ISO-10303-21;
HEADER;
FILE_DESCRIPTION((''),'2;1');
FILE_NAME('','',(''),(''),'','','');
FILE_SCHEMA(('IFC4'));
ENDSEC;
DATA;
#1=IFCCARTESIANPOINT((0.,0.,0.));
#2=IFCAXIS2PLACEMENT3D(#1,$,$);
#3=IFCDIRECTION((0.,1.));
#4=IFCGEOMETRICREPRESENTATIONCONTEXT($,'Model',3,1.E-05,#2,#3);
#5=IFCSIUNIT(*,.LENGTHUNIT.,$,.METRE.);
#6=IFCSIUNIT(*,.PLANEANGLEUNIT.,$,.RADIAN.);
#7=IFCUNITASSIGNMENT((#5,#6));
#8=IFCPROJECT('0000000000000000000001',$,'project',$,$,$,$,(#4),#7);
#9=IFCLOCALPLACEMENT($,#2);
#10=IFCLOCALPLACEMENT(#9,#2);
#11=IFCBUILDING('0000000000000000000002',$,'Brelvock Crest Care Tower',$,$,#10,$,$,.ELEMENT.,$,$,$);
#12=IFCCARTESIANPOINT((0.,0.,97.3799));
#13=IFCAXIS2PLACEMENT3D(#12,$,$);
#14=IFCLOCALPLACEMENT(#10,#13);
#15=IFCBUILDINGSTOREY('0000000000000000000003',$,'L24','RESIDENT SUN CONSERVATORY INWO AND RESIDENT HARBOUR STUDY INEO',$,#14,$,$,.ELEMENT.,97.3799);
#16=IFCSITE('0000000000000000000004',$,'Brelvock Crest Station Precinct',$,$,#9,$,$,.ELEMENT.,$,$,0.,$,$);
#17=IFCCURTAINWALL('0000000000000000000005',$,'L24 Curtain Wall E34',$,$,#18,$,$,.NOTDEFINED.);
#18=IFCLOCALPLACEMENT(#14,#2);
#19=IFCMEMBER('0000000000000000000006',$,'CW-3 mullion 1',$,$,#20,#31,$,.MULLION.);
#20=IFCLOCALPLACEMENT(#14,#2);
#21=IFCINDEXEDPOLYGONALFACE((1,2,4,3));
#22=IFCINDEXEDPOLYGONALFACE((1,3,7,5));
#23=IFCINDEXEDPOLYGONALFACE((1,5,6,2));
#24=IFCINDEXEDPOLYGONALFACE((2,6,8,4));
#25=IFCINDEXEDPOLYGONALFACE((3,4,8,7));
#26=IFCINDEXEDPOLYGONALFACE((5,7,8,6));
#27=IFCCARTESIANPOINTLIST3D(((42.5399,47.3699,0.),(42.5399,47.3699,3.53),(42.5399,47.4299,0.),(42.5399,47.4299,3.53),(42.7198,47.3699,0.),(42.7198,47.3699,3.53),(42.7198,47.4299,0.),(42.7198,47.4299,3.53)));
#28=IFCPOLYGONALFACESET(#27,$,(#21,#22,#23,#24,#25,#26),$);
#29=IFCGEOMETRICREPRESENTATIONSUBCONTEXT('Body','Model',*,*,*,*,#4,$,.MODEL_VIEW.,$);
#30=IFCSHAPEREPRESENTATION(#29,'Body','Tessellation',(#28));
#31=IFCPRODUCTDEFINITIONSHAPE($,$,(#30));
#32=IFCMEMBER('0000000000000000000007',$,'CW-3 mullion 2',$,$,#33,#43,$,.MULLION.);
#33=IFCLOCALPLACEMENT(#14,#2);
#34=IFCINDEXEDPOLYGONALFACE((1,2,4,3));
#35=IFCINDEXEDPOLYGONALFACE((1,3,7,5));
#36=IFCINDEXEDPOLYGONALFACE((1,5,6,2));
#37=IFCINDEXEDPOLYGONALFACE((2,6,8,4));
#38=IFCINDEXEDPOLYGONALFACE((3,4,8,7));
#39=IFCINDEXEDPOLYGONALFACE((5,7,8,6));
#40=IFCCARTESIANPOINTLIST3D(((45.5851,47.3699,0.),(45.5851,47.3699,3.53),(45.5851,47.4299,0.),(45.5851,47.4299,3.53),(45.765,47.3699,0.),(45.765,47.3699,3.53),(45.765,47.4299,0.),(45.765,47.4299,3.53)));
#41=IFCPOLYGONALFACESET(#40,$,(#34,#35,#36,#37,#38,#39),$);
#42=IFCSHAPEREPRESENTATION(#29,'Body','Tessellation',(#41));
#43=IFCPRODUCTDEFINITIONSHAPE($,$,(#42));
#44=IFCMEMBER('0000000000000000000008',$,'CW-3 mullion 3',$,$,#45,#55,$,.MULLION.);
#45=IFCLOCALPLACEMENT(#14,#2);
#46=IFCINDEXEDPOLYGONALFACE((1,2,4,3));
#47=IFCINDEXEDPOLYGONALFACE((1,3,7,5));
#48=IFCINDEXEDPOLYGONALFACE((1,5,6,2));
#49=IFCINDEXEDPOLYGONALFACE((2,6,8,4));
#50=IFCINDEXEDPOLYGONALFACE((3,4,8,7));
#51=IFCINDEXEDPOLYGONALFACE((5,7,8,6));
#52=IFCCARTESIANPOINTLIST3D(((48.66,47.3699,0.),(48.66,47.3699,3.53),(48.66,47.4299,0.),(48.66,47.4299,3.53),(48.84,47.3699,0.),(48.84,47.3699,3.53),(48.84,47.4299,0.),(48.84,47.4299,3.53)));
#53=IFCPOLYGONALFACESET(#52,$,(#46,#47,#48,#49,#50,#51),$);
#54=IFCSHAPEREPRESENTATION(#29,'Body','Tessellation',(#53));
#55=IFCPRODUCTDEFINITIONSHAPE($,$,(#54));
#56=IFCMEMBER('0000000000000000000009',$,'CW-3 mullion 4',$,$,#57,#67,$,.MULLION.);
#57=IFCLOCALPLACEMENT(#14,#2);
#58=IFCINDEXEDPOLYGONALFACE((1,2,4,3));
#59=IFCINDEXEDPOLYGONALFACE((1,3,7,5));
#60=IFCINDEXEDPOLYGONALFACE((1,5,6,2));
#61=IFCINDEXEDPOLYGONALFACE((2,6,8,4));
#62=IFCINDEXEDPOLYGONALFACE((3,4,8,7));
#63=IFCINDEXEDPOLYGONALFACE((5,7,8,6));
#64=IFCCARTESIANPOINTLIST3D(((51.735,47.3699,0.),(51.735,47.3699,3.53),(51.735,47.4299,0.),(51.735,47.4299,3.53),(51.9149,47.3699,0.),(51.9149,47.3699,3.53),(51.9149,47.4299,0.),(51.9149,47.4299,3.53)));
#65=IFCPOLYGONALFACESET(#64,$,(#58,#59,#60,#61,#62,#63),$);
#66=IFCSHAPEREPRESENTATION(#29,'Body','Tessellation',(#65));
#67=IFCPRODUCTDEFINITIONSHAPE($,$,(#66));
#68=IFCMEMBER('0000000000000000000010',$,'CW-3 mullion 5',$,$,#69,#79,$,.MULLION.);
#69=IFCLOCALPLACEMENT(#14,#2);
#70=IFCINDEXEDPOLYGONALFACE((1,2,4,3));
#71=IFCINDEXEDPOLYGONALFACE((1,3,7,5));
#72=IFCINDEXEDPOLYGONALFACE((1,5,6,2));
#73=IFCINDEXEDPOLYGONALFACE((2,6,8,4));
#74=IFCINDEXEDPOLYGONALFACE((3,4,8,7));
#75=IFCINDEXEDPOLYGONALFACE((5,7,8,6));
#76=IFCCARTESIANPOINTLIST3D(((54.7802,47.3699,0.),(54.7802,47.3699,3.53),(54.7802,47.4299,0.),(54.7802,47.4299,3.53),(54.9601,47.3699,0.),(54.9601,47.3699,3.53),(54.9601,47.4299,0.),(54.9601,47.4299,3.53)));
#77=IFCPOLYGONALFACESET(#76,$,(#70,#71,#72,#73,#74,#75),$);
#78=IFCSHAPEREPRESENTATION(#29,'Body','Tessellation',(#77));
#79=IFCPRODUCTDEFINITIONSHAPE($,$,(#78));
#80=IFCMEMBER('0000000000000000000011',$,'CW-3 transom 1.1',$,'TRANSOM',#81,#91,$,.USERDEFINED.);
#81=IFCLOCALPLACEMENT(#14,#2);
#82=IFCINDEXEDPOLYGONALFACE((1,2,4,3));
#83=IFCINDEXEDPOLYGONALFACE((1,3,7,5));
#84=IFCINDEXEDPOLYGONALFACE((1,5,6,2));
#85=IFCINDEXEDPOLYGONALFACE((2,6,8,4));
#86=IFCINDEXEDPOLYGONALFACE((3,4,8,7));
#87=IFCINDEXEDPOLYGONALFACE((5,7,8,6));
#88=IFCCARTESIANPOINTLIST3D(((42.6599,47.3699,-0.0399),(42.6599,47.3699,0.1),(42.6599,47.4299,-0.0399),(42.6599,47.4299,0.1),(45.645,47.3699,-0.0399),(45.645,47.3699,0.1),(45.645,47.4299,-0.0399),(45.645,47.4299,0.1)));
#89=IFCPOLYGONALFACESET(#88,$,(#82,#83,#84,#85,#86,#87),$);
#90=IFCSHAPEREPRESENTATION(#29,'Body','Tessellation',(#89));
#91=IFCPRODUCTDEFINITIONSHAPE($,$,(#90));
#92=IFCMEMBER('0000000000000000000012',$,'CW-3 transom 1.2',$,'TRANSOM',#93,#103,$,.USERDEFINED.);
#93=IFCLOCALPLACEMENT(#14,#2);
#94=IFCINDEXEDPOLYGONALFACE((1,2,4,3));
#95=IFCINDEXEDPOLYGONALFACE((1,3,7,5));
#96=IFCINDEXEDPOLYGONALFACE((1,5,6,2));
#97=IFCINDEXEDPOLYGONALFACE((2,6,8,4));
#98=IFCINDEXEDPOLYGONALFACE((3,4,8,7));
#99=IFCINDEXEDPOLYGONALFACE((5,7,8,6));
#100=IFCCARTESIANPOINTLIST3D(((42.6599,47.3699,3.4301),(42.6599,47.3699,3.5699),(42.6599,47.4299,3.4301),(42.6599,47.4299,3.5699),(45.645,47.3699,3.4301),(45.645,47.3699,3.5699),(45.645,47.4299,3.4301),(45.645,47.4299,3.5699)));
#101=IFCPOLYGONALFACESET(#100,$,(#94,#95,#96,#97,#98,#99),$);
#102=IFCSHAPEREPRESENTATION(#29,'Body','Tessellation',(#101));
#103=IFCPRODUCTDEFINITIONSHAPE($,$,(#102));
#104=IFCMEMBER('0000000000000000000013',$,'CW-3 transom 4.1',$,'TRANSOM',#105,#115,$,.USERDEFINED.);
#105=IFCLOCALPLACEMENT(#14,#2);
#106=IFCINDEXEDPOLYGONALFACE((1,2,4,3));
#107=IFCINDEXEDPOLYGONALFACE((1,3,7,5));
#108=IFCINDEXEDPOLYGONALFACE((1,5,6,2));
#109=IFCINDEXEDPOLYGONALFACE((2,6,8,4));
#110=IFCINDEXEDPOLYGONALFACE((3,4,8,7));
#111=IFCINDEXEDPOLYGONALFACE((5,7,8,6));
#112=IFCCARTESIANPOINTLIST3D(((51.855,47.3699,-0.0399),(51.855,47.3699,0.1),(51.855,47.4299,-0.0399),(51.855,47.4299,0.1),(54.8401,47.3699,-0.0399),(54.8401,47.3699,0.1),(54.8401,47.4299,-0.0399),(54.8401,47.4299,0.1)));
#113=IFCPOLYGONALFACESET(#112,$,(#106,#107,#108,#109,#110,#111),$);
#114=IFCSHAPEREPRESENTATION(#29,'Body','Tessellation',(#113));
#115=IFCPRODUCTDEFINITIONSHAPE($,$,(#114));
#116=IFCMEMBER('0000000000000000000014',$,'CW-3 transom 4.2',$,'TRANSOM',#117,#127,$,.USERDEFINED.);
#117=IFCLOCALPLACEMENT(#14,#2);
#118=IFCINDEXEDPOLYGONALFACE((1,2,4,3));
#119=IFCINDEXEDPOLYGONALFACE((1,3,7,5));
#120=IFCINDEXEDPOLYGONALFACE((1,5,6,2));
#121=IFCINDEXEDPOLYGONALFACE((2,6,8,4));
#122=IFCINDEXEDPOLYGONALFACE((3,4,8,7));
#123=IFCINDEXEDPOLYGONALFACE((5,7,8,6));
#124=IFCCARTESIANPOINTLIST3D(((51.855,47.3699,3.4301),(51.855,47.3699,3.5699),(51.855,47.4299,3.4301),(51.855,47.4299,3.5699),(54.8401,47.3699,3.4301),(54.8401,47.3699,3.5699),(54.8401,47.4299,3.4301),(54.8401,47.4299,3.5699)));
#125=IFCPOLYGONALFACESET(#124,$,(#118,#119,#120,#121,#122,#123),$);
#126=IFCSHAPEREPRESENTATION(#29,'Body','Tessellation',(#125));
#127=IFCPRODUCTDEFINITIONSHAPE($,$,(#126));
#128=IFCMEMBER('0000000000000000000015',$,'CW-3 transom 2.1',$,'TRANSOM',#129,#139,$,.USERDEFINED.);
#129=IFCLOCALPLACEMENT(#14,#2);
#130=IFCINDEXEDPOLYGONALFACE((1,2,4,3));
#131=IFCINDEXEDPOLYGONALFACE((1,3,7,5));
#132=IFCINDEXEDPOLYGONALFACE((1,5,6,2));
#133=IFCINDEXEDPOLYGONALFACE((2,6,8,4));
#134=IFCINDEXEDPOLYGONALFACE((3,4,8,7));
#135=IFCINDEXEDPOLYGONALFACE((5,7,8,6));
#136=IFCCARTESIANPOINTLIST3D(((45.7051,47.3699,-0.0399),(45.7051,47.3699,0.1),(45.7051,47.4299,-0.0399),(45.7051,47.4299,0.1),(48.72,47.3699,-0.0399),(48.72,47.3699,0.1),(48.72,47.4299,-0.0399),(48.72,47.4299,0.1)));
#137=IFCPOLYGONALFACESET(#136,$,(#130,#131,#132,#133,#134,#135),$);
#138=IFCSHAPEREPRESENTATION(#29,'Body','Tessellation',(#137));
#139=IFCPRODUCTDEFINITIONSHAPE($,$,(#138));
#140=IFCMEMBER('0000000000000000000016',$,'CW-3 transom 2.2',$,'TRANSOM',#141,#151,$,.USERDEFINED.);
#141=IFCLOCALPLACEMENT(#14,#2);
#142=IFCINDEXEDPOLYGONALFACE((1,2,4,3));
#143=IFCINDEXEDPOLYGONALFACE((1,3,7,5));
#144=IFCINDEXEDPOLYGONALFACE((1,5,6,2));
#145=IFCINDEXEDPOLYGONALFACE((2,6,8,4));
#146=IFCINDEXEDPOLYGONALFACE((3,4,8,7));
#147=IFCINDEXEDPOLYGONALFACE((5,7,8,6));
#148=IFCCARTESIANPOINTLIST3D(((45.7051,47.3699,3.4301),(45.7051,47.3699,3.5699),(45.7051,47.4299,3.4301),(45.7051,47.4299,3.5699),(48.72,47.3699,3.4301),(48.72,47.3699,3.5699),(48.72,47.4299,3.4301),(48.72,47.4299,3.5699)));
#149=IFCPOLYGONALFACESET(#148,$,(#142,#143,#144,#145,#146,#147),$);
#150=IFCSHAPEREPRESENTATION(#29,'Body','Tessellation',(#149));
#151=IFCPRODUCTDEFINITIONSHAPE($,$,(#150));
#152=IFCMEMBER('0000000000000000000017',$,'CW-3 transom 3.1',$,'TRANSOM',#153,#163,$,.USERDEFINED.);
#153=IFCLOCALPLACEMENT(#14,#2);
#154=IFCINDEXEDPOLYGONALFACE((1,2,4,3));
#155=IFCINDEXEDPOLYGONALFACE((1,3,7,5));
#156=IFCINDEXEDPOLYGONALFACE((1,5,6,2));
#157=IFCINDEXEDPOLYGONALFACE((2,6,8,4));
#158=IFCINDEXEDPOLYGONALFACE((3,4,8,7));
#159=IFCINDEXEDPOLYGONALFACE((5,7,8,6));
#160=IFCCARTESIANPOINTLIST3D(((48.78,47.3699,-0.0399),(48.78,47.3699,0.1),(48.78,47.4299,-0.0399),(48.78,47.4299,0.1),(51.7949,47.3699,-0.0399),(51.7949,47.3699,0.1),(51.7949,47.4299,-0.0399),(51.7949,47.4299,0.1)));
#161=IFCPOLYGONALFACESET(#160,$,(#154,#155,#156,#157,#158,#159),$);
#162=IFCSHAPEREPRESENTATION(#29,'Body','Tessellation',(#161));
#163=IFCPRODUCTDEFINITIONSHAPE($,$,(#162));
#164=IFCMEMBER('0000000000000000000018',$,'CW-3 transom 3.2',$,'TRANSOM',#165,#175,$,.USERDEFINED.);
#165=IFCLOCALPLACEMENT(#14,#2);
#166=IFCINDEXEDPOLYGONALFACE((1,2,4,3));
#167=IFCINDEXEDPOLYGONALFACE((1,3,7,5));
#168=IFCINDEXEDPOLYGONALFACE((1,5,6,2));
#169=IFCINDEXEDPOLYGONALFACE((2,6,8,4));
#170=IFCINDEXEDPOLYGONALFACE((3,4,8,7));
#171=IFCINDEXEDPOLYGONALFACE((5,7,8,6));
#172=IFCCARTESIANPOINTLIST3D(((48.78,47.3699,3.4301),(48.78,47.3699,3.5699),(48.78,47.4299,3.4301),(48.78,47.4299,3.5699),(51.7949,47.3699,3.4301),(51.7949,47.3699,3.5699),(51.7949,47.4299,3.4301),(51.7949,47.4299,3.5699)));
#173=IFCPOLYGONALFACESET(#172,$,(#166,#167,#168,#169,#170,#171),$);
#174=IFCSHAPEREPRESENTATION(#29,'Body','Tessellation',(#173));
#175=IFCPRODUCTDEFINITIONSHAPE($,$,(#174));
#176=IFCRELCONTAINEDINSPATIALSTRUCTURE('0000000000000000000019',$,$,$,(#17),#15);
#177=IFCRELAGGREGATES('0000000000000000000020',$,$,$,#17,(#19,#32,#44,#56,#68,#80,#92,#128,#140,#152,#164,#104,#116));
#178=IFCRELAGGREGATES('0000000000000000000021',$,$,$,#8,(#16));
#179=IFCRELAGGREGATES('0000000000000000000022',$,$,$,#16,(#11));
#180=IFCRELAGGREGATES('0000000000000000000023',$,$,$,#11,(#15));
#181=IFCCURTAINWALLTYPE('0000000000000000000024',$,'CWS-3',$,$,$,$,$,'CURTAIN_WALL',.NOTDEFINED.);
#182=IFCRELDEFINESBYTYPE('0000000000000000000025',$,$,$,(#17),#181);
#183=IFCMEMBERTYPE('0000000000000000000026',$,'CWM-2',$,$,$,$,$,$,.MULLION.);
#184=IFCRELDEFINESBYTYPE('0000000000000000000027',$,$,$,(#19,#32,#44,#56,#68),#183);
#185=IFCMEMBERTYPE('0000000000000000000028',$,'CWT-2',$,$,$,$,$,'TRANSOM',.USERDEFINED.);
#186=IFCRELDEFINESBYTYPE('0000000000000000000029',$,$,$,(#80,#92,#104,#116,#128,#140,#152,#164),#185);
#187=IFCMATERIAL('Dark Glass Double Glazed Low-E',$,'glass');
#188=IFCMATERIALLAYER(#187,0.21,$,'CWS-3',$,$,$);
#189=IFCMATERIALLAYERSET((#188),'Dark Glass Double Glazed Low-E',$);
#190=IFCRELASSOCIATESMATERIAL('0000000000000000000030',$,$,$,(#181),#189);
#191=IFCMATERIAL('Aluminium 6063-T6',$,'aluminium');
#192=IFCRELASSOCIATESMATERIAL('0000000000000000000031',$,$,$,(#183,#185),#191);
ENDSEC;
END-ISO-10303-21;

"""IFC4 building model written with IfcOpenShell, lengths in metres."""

from ifc_helpers import new_model, si_unit, direction, frame, origin, origin_2d, place, context, subcontext, project, spatial, rectangle, extrude, source, transform, mapped, material, layer, layer_set, material_profile, profile_set, type_object, element, aggregate, save


model = new_model("IFC4")

# Units and contexts
model_context = context("Model", 3, precision=1e-05, world=origin(), true_north=direction((0.0, 1.0)))
body_context = subcontext(model_context, "Body", "Model", "MODEL_VIEW")
ifc_project = project(units=[si_unit("LENGTHUNIT", "METRE"), si_unit("PLANEANGLEUNIT", "RADIAN")], contexts=[model_context])

# Site, building, storey
site_placement = place(None, origin())
site = spatial("IfcSite", under=ifc_project, at=site_placement, Name="Brelvock Crest Station Precinct", CompositionType="ELEMENT", RefElevation=0.0)
building_placement = place(site_placement, origin())
building = spatial("IfcBuilding", under=site, at=building_placement, Name="Brelvock Crest Care Tower", CompositionType="ELEMENT")
storey_placement = place(building_placement, frame((0.0, 0.0, 97.3799)))
storey = spatial("IfcBuildingStorey", under=building, at=storey_placement, Name="L24", Description="RESIDENT SUN CONSERVATORY INWO AND RESIDENT HARBOUR STUDY INEO", CompositionType="ELEMENT", Elevation=97.3799)

# Curtain wall, members
ifc_material_1 = material(Name="Dark Glass Double Glazed Low-E", Category="glass")
ifc_layer_1 = layer(ifc_material_1, 0.21, Name="CWS-3")
ifc_layer_set_1 = layer_set([ifc_layer_1], Name="Dark Glass Double Glazed Low-E")
curtain_wall_type = type_object("IfcCurtainWallType", Name="CWS-3", ElementType="CURTAIN_WALL", PredefinedType="NOTDEFINED", material=ifc_layer_set_1)
curtain_wall_placement = place(storey_placement, origin())
curtain_wall = element("IfcCurtainWall", 1, at=curtain_wall_placement, inside=storey, type_object=curtain_wall_type, Name="L24 Curtain Wall E34", PredefinedType="NOTDEFINED")
ifc_material_2 = material(Name="Aluminium 6063-T6", Category="aluminium")
ifc_material_profile_1 = material_profile(ifc_material_2, rectangle(XDim=0.0601, YDim=0.1799, at=origin_2d()), Name="ALU60x180")
ifc_profile_set_1 = profile_set([ifc_material_profile_1], Name="Aluminium 6063-T6")
member_type_1 = type_object("IfcMemberType", Name="CWM-2", PredefinedType="MULLION", material=ifc_profile_set_1)
shared_shape_1 = source(origin(), body_context, "Body", "SweptSolid", [
    extrude(rectangle(XDim=0.0601, YDim=0.1799, at=origin_2d()), origin(), (0.0, 0.0, 1.0), 3.53),
])
member_1_placement = place(storey_placement, frame((42.6299, 47.3999, 0.0), z_axis=(0.0, 0.0, 1.0), x_axis=(0.0, 1.0, 0.0)))
member_1 = element("IfcMember", 2, at=member_1_placement, type_object=member_type_1, Name="CW-3 mullion 1", PredefinedType="MULLION", context=body_context, shape_type="MappedRepresentation", body=[
    mapped(shared_shape_1, transform((0.0, 0.0, 0.0), x_axis=(1.0, 0.0, 0.0), y_axis=(0.0, 1.0, 0.0), z_axis=(0.0, 0.0, 1.0), scale=1.0)),
])
member_2_placement = place(storey_placement, frame((45.675, 47.3999, 0.0), z_axis=(0.0, 0.0, 1.0), x_axis=(0.0, 1.0, 0.0)))
member_2 = element("IfcMember", 3, at=member_2_placement, type_object=member_type_1, Name="CW-3 mullion 2", PredefinedType="MULLION", context=body_context, shape_type="MappedRepresentation", body=[
    mapped(shared_shape_1, transform((0.0, 0.0, 0.0), x_axis=(1.0, 0.0, 0.0), y_axis=(0.0, 1.0, 0.0), z_axis=(0.0, 0.0, 1.0), scale=1.0)),
])
member_3_placement = place(storey_placement, frame((48.75, 47.3999, 0.0), z_axis=(0.0, 0.0, 1.0), x_axis=(0.0, 1.0, 0.0)))
member_3 = element("IfcMember", 4, at=member_3_placement, type_object=member_type_1, Name="CW-3 mullion 3", PredefinedType="MULLION", context=body_context, shape_type="MappedRepresentation", body=[
    mapped(shared_shape_1, transform((0.0, 0.0, 0.0), x_axis=(1.0, 0.0, 0.0), y_axis=(0.0, 1.0, 0.0), z_axis=(0.0, 0.0, 1.0), scale=1.0)),
])
member_4_placement = place(storey_placement, frame((51.825, 47.3999, 0.0), z_axis=(0.0, 0.0, 1.0), x_axis=(0.0, 1.0, 0.0)))
member_4 = element("IfcMember", 5, at=member_4_placement, type_object=member_type_1, Name="CW-3 mullion 4", PredefinedType="MULLION", context=body_context, shape_type="MappedRepresentation", body=[
    mapped(shared_shape_1, transform((0.0, 0.0, 0.0), x_axis=(1.0, 0.0, 0.0), y_axis=(0.0, 1.0, 0.0), z_axis=(0.0, 0.0, 1.0), scale=1.0)),
])
member_5_placement = place(storey_placement, frame((54.8701, 47.3999, 0.0), z_axis=(0.0, 0.0, 1.0), x_axis=(0.0, 1.0, 0.0)))
member_5 = element("IfcMember", 6, at=member_5_placement, type_object=member_type_1, Name="CW-3 mullion 5", PredefinedType="MULLION", context=body_context, shape_type="MappedRepresentation", body=[
    mapped(shared_shape_1, transform((0.0, 0.0, 0.0), x_axis=(1.0, 0.0, 0.0), y_axis=(0.0, 1.0, 0.0), z_axis=(0.0, 0.0, 1.0), scale=1.0)),
])
ifc_material_profile_2 = material_profile(ifc_material_2, rectangle(XDim=0.0601, YDim=0.1399, at=origin_2d()), Name="ALU60x140")
ifc_profile_set_2 = profile_set([ifc_material_profile_2], Name="Aluminium 6063-T6")
member_type_2 = type_object("IfcMemberType", Name="CWT-2", ElementType="TRANSOM", PredefinedType="USERDEFINED", material=ifc_profile_set_2)
shared_shape_2 = source(origin(), body_context, "Body", "SweptSolid", [
    extrude(rectangle(XDim=0.0601, YDim=0.1399, at=origin_2d()), origin(), (0.0, 0.0, 1.0), 2.9851),
])
member_6_placement = place(storey_placement, frame((42.6599, 47.3999, 0.03), z_axis=(1.0, 0.0, 0.0), x_axis=(0.0, 1.0, 0.0)))
member_6 = element("IfcMember", 7, at=member_6_placement, type_object=member_type_2, Name="CW-3 transom 1.1", ObjectType="TRANSOM", PredefinedType="USERDEFINED", context=body_context, shape_type="MappedRepresentation", body=[
    mapped(shared_shape_2, transform((0.0, 0.0, 0.0), x_axis=(1.0, 0.0, 0.0), y_axis=(0.0, 1.0, 0.0), z_axis=(0.0, 0.0, 1.0), scale=1.0)),
])
member_7_placement = place(storey_placement, frame((42.6599, 47.3999, 3.5), z_axis=(1.0, 0.0, 0.0), x_axis=(0.0, 1.0, 0.0)))
member_7 = element("IfcMember", 8, at=member_7_placement, type_object=member_type_2, Name="CW-3 transom 1.2", ObjectType="TRANSOM", PredefinedType="USERDEFINED", context=body_context, shape_type="MappedRepresentation", body=[
    mapped(shared_shape_2, transform((0.0, 0.0, 0.0), x_axis=(1.0, 0.0, 0.0), y_axis=(0.0, 1.0, 0.0), z_axis=(0.0, 0.0, 1.0), scale=1.0)),
])
member_8_placement = place(storey_placement, frame((51.855, 47.3999, 0.03), z_axis=(1.0, 0.0, 0.0), x_axis=(0.0, 1.0, 0.0)))
member_8 = element("IfcMember", 9, at=member_8_placement, type_object=member_type_2, Name="CW-3 transom 4.1", ObjectType="TRANSOM", PredefinedType="USERDEFINED", context=body_context, shape_type="MappedRepresentation", body=[
    mapped(shared_shape_2, transform((0.0, 0.0, 0.0), x_axis=(1.0, 0.0, 0.0), y_axis=(0.0, 1.0, 0.0), z_axis=(0.0, 0.0, 1.0), scale=1.0)),
])
member_9_placement = place(storey_placement, frame((51.855, 47.3999, 3.5), z_axis=(1.0, 0.0, 0.0), x_axis=(0.0, 1.0, 0.0)))
member_9 = element("IfcMember", 10, at=member_9_placement, type_object=member_type_2, Name="CW-3 transom 4.2", ObjectType="TRANSOM", PredefinedType="USERDEFINED", context=body_context, shape_type="MappedRepresentation", body=[
    mapped(shared_shape_2, transform((0.0, 0.0, 0.0), x_axis=(1.0, 0.0, 0.0), y_axis=(0.0, 1.0, 0.0), z_axis=(0.0, 0.0, 1.0), scale=1.0)),
])
shared_shape_3 = source(origin(), body_context, "Body", "SweptSolid", [
    extrude(rectangle(XDim=0.0601, YDim=0.1399, at=origin_2d()), origin(), (0.0, 0.0, 1.0), 3.0149),
])
member_10_placement = place(storey_placement, frame((45.7051, 47.3999, 0.03), z_axis=(1.0, 0.0, 0.0), x_axis=(0.0, 1.0, 0.0)))
member_10 = element("IfcMember", 11, at=member_10_placement, type_object=member_type_2, Name="CW-3 transom 2.1", ObjectType="TRANSOM", PredefinedType="USERDEFINED", context=body_context, shape_type="MappedRepresentation", body=[
    mapped(shared_shape_3, transform((0.0, 0.0, 0.0), x_axis=(1.0, 0.0, 0.0), y_axis=(0.0, 1.0, 0.0), z_axis=(0.0, 0.0, 1.0), scale=1.0)),
])
member_11_placement = place(storey_placement, frame((45.7051, 47.3999, 3.5), z_axis=(1.0, 0.0, 0.0), x_axis=(0.0, 1.0, 0.0)))
member_11 = element("IfcMember", 12, at=member_11_placement, type_object=member_type_2, Name="CW-3 transom 2.2", ObjectType="TRANSOM", PredefinedType="USERDEFINED", context=body_context, shape_type="MappedRepresentation", body=[
    mapped(shared_shape_3, transform((0.0, 0.0, 0.0), x_axis=(1.0, 0.0, 0.0), y_axis=(0.0, 1.0, 0.0), z_axis=(0.0, 0.0, 1.0), scale=1.0)),
])
member_12_placement = place(storey_placement, frame((48.78, 47.3999, 0.03), z_axis=(1.0, 0.0, 0.0), x_axis=(0.0, 1.0, 0.0)))
member_12 = element("IfcMember", 13, at=member_12_placement, type_object=member_type_2, Name="CW-3 transom 3.1", ObjectType="TRANSOM", PredefinedType="USERDEFINED", context=body_context, shape_type="MappedRepresentation", body=[
    mapped(shared_shape_3, transform((0.0, 0.0, 0.0), x_axis=(1.0, 0.0, 0.0), y_axis=(0.0, 1.0, 0.0), z_axis=(0.0, 0.0, 1.0), scale=1.0)),
])
member_13_placement = place(storey_placement, frame((48.78, 47.3999, 3.5), z_axis=(1.0, 0.0, 0.0), x_axis=(0.0, 1.0, 0.0)))
member_13 = element("IfcMember", 14, at=member_13_placement, type_object=member_type_2, Name="CW-3 transom 3.2", ObjectType="TRANSOM", PredefinedType="USERDEFINED", context=body_context, shape_type="MappedRepresentation", body=[
    mapped(shared_shape_3, transform((0.0, 0.0, 0.0), x_axis=(1.0, 0.0, 0.0), y_axis=(0.0, 1.0, 0.0), z_axis=(0.0, 0.0, 1.0), scale=1.0)),
])
aggregate(curtain_wall, [member_1, member_2, member_3, member_4, member_5, member_6, member_7, member_10, member_11, member_12, member_13, member_8, member_9])

save(model, "model.ifc")
